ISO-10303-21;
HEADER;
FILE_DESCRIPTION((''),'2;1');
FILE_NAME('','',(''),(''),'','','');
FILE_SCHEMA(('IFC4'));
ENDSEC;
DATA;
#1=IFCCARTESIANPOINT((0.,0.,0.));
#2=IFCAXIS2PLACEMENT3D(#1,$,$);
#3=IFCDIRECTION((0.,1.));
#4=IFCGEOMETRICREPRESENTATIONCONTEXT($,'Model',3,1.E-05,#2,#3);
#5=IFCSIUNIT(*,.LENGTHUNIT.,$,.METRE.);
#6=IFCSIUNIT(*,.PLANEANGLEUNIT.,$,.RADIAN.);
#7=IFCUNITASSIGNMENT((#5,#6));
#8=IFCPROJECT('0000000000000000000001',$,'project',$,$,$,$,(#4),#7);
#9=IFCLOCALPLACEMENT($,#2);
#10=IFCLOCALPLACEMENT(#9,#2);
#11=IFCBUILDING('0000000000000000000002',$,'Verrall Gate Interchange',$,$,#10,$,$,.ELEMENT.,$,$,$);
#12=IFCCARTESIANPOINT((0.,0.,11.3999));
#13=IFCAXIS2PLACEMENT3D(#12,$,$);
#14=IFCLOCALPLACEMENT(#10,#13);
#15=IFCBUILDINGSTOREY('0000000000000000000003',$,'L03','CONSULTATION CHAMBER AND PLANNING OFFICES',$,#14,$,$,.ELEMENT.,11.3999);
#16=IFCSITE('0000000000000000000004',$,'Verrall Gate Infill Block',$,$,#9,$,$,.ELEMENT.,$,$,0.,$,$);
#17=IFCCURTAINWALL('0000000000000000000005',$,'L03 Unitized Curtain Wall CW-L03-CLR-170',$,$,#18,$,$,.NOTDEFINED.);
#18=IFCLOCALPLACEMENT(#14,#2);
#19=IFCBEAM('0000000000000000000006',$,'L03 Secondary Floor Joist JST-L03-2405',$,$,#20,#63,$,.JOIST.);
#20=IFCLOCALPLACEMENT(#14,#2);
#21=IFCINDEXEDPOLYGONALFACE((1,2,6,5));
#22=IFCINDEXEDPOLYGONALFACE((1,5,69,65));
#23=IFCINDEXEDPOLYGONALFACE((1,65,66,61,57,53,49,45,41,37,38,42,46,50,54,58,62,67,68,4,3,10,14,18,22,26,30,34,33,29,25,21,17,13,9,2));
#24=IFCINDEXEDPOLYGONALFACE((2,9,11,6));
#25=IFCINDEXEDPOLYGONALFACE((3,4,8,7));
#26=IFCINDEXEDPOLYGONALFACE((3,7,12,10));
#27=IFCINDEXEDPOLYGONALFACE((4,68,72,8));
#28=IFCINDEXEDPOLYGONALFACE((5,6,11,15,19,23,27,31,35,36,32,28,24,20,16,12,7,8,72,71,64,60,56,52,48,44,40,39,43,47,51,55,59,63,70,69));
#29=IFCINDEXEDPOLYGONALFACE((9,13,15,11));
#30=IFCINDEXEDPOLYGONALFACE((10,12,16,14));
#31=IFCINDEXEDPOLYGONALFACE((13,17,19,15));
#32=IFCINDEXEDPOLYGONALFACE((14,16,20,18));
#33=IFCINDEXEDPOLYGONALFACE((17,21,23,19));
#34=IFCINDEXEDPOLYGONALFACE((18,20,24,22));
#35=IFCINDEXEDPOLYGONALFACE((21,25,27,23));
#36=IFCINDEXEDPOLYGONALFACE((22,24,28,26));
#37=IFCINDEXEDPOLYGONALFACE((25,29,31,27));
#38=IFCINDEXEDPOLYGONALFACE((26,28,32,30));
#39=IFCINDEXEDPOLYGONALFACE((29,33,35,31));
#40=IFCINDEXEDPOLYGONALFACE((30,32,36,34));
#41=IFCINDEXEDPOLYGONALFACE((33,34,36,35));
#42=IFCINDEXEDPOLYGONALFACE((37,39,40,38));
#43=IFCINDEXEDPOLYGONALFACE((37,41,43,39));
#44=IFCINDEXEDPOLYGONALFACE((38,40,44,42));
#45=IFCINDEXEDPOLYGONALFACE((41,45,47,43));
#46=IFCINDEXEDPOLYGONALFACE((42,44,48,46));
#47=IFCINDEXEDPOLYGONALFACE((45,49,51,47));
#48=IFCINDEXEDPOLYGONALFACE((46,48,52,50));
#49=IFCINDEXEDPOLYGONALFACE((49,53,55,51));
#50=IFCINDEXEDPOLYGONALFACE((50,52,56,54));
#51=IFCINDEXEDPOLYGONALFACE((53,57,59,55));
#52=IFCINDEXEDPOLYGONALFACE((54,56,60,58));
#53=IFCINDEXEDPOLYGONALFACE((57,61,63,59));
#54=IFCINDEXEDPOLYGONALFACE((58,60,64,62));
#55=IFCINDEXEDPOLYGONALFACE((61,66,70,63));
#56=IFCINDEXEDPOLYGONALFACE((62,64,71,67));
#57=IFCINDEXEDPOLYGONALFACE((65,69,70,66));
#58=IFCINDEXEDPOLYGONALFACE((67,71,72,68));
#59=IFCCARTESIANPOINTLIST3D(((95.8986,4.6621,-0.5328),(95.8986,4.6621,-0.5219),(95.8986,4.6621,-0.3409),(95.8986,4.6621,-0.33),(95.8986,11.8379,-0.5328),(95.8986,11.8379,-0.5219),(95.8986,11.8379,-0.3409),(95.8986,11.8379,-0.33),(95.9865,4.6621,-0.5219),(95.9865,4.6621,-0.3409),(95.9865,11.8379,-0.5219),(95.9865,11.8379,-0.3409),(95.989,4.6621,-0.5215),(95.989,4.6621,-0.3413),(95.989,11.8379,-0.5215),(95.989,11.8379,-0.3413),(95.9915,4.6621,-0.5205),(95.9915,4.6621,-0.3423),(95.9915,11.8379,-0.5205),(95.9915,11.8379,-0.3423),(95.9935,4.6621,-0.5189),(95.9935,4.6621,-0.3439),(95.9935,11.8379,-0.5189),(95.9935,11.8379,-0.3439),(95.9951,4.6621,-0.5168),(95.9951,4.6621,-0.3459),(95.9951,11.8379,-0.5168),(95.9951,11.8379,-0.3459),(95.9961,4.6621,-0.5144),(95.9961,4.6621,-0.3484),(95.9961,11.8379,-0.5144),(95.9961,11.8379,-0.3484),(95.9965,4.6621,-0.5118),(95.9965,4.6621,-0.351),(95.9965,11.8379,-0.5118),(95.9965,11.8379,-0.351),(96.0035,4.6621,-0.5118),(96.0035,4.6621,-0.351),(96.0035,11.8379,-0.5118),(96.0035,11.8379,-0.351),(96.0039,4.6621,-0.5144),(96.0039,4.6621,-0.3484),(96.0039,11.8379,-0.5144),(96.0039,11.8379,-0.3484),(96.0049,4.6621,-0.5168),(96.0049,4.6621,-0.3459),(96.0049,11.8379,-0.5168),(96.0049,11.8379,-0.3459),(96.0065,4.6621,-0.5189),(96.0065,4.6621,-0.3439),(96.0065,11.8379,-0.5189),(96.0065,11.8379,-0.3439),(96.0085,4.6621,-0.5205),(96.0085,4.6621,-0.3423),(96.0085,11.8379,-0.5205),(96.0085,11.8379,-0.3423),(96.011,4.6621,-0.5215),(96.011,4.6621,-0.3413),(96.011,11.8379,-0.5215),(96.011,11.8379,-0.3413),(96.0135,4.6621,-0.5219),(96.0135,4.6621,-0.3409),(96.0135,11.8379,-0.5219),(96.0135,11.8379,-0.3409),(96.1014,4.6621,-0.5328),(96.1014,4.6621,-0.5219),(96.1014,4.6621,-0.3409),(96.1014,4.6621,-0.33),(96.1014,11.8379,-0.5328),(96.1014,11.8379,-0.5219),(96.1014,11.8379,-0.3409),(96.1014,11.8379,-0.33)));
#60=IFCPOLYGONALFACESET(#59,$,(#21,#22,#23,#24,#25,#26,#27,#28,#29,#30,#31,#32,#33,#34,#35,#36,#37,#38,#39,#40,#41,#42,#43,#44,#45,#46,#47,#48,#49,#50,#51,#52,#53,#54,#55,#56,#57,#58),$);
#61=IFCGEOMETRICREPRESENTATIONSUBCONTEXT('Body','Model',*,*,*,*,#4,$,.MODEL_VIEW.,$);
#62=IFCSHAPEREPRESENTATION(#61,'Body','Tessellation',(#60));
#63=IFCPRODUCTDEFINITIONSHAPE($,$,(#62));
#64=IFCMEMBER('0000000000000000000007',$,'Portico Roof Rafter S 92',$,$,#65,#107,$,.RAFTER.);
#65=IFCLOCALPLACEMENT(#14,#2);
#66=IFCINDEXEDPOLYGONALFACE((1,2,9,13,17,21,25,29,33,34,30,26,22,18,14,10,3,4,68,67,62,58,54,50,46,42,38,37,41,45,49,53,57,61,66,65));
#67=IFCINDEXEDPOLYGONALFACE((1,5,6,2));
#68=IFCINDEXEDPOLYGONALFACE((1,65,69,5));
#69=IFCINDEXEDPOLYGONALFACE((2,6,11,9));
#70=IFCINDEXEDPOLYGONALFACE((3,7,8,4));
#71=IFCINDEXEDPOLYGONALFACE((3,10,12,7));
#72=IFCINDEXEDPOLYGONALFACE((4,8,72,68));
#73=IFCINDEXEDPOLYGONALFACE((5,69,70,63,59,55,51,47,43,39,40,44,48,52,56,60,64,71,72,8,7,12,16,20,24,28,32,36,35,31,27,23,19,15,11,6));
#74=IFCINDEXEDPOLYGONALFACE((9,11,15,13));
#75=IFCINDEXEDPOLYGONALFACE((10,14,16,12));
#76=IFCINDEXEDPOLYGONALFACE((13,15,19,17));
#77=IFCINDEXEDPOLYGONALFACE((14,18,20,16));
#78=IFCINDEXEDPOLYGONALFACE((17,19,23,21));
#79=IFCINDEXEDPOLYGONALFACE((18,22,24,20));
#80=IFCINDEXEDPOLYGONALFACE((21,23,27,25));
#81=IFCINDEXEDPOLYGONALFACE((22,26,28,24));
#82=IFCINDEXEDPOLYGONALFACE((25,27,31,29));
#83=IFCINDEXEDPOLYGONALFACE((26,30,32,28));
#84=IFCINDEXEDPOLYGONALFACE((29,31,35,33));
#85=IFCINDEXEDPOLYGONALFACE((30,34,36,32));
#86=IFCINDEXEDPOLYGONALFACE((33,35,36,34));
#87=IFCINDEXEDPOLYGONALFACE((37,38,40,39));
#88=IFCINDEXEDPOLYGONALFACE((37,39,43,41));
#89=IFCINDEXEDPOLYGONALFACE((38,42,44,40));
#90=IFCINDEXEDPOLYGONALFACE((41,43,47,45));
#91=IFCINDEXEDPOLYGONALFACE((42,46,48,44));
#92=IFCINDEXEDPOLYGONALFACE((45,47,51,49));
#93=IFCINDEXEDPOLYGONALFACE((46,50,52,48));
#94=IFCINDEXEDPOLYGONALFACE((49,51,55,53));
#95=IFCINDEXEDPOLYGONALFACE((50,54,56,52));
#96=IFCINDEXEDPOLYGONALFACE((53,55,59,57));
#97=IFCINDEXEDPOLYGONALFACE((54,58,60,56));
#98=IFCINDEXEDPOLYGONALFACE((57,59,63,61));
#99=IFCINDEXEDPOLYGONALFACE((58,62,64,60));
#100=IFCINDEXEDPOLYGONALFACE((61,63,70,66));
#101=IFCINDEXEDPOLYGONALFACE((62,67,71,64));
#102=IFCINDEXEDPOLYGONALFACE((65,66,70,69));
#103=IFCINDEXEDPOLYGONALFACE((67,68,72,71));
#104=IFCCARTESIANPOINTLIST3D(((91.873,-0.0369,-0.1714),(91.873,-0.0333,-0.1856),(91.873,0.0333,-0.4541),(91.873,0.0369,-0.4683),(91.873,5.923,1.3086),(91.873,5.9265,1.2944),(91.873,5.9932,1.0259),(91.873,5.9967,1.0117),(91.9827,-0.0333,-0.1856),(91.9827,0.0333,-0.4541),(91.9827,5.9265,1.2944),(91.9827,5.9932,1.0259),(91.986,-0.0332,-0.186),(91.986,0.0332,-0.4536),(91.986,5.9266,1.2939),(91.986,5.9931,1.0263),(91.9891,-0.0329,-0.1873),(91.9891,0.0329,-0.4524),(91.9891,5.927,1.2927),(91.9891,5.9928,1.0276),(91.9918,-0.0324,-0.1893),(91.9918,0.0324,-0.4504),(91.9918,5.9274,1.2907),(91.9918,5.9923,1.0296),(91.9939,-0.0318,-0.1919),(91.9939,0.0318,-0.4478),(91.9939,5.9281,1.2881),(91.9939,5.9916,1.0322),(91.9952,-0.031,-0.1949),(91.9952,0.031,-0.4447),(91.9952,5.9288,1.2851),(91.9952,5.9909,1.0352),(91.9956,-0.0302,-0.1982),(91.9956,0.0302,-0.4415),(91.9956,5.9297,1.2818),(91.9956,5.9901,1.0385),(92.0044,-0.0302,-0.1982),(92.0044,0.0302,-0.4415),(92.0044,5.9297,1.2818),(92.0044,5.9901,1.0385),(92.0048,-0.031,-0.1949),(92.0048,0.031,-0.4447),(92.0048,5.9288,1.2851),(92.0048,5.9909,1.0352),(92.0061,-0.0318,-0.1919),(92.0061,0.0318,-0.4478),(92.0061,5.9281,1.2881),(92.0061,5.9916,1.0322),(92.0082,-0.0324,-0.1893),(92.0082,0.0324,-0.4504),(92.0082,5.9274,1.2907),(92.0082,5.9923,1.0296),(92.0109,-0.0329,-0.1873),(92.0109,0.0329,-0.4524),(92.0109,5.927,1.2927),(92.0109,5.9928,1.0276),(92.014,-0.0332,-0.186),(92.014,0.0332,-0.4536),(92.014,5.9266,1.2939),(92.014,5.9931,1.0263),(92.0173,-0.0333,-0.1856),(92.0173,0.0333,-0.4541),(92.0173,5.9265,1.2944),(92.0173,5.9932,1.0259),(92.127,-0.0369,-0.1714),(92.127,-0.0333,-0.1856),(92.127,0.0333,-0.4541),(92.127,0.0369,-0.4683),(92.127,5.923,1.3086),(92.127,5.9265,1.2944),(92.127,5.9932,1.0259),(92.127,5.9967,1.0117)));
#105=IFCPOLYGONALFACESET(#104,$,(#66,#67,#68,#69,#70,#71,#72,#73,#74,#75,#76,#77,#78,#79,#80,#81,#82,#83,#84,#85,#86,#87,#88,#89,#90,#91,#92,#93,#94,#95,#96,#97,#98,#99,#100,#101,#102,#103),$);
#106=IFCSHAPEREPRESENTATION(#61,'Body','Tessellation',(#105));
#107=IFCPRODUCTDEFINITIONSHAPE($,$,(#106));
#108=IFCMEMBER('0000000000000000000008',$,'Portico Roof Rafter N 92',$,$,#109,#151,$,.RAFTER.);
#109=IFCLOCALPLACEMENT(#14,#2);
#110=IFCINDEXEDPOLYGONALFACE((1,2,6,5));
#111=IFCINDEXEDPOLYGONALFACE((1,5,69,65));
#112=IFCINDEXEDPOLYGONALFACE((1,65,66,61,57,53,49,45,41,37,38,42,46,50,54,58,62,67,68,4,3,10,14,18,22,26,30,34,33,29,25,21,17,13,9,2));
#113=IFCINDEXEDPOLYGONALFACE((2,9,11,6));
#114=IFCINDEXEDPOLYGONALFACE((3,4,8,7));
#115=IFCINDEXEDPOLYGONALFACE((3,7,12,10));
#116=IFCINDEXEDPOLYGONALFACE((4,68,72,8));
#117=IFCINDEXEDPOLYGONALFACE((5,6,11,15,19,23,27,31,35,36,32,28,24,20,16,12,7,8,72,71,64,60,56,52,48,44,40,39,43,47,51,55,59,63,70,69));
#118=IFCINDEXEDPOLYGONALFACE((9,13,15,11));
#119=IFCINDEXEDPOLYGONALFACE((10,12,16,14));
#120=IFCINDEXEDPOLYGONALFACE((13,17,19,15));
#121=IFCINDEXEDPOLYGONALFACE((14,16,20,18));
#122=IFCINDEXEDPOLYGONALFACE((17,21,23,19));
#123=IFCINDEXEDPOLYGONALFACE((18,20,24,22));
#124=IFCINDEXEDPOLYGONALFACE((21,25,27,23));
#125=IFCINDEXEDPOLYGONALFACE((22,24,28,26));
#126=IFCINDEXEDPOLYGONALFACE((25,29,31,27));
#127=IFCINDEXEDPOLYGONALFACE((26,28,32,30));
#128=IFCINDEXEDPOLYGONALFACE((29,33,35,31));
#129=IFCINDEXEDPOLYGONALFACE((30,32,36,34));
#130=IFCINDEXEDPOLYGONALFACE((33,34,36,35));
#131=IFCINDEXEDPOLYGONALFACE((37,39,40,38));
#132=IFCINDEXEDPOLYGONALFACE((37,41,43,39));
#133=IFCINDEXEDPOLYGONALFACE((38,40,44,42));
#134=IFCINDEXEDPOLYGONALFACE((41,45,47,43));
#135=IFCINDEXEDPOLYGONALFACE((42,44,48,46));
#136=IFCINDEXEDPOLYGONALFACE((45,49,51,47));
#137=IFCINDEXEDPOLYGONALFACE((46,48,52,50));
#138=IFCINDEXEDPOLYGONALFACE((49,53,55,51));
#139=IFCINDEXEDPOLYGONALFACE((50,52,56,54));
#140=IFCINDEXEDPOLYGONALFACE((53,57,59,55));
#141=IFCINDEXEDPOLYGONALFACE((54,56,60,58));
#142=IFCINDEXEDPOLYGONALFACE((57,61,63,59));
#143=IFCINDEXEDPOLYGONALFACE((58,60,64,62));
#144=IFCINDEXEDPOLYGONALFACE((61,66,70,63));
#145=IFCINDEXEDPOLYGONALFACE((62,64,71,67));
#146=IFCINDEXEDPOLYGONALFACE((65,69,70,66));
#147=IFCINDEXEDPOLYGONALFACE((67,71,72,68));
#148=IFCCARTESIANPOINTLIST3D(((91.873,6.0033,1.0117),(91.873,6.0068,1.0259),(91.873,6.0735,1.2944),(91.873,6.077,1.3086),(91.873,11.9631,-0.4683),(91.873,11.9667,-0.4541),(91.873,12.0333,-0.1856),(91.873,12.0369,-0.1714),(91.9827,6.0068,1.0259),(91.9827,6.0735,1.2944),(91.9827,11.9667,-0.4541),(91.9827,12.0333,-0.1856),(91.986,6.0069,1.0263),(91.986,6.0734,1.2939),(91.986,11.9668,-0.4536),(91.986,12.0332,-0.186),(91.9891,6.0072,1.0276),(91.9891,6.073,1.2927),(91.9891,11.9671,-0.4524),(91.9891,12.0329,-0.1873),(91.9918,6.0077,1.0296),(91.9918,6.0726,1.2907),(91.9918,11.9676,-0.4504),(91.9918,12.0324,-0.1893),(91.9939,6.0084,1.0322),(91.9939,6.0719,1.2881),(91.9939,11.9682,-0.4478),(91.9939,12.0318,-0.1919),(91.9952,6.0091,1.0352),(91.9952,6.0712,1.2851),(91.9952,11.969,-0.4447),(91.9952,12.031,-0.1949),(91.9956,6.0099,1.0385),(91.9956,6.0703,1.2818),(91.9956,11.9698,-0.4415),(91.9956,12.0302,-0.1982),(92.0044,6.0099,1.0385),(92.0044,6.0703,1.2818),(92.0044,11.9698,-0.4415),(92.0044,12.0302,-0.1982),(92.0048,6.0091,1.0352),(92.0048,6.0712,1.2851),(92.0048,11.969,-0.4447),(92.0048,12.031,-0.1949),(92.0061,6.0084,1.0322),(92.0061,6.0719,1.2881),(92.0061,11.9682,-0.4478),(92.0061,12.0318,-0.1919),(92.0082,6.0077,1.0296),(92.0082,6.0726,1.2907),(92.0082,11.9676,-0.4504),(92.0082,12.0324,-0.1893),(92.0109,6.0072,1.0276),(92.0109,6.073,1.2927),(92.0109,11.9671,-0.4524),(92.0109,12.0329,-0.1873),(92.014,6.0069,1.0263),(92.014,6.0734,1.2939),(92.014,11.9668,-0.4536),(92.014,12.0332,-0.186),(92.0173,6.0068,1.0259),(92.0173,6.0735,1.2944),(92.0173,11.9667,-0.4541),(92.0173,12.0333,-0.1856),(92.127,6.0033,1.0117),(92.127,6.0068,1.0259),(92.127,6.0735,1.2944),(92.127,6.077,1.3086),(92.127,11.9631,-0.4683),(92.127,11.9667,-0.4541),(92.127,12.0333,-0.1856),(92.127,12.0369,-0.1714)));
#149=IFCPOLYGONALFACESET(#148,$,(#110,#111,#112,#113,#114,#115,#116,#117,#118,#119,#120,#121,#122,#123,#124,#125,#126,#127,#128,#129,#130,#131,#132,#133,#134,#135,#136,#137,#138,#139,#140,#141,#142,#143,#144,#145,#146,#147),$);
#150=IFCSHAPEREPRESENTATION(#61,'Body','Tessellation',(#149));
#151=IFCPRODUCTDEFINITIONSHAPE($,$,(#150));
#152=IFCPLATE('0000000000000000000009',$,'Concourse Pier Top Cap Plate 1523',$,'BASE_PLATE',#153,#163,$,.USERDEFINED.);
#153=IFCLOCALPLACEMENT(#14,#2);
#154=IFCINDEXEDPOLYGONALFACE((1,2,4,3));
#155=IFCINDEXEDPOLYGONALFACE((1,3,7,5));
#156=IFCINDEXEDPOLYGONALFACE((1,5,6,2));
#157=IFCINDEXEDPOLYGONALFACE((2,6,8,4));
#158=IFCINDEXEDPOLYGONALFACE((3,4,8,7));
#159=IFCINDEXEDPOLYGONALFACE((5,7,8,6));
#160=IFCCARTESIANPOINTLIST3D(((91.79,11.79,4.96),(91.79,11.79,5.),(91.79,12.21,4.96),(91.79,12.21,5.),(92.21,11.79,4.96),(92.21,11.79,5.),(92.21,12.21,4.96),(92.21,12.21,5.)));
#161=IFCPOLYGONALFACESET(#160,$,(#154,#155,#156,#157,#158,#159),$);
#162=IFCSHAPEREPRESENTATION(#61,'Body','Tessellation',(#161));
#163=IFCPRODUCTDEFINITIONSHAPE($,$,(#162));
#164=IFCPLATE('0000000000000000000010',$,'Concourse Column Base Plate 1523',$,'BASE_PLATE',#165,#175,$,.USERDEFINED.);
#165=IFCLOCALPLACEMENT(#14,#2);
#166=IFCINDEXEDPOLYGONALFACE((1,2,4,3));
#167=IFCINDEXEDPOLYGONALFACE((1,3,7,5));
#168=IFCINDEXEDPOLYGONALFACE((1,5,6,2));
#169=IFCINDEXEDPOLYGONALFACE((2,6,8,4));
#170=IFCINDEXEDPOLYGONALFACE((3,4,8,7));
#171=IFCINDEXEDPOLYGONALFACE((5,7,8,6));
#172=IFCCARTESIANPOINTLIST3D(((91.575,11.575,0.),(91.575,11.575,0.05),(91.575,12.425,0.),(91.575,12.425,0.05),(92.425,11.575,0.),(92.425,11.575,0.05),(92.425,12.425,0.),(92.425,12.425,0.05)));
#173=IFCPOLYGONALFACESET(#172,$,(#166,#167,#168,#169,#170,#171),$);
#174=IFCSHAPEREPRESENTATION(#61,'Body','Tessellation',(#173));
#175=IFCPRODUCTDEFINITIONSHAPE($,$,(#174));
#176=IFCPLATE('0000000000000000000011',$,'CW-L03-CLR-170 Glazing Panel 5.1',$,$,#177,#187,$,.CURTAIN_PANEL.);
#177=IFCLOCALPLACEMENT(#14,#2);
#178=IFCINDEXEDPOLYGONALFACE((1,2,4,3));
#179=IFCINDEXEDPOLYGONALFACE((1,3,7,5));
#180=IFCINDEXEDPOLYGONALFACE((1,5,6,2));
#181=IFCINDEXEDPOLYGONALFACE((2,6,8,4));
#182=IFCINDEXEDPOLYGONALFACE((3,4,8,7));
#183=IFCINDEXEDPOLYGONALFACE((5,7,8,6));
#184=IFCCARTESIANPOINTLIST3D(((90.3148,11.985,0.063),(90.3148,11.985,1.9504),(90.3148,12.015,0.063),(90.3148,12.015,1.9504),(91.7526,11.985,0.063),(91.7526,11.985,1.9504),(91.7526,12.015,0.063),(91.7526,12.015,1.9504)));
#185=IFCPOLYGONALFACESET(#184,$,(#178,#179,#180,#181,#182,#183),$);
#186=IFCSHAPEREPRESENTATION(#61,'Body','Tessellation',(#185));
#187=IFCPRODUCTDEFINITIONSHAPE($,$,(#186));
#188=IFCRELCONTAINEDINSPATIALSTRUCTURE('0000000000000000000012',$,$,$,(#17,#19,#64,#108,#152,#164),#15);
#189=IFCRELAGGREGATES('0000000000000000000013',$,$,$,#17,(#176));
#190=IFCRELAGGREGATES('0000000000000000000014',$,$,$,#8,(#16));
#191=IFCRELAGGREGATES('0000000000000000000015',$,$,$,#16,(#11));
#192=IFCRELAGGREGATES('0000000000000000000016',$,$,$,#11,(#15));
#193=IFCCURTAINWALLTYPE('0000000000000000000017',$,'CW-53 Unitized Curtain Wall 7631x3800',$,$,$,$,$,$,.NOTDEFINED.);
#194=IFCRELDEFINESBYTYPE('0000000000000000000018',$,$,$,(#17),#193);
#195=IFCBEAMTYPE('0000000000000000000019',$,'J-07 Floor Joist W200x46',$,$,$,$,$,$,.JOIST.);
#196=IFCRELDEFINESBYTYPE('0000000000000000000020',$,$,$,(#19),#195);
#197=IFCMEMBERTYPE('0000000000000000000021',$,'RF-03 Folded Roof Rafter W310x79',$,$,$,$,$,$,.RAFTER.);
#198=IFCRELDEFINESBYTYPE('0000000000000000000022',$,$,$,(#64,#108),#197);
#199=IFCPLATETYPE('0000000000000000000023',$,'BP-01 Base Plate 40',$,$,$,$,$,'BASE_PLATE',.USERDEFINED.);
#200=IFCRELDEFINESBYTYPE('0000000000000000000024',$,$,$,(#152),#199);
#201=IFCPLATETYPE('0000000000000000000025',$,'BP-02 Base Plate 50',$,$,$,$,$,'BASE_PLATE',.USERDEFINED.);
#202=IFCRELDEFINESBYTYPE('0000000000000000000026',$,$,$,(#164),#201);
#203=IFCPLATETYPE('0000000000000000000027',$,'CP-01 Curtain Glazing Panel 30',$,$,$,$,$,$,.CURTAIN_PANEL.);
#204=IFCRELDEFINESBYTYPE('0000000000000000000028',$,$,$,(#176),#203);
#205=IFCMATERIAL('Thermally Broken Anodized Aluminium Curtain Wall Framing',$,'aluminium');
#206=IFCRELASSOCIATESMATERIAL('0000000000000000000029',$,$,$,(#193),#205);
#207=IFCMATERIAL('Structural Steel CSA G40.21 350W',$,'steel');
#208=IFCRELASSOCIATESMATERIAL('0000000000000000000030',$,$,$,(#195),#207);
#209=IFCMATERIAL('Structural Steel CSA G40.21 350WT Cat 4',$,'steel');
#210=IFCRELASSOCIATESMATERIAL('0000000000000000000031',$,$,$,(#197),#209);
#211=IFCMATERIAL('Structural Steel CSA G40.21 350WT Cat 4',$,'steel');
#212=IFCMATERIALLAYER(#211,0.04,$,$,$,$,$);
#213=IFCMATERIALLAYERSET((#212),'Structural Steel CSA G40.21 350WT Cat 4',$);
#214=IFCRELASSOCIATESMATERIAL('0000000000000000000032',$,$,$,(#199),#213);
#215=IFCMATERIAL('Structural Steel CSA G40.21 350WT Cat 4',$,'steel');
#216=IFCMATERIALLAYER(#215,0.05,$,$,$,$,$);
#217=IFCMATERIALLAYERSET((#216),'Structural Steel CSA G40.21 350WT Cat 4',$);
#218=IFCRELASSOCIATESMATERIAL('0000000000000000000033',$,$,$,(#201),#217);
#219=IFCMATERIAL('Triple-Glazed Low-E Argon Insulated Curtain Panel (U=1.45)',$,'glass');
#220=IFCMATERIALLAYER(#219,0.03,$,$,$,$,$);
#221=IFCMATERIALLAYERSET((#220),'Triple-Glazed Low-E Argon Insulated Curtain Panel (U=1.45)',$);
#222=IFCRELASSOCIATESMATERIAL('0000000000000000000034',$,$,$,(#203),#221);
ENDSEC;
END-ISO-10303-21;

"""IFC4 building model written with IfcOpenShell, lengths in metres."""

from ifc_helpers import new_model, si_unit, direction, frame, origin, origin_2d, place, context, subcontext, project, spatial, rectangle, i_section, extrude, material, layer, layer_set, material_profile, profile_set, type_object, element, aggregate, save


model = new_model("IFC4")

# Units and contexts
model_context = context("Model", 3, precision=1e-05, world=origin(), true_north=direction((0.0, 1.0)))
body_context = subcontext(model_context, "Body", "Model", "MODEL_VIEW")
ifc_project = project(units=[si_unit("LENGTHUNIT", "METRE"), si_unit("PLANEANGLEUNIT", "RADIAN")], contexts=[model_context])

# Site, building, storey
site_placement = place(None, origin())
site = spatial("IfcSite", under=ifc_project, at=site_placement, Name="Verrall Gate Infill Block", CompositionType="ELEMENT", RefElevation=0.0)
building_placement = place(site_placement, origin())
building = spatial("IfcBuilding", under=site, at=building_placement, Name="Verrall Gate Interchange", CompositionType="ELEMENT")
storey_placement = place(building_placement, frame((0.0, 0.0, 11.3999)))
storey = spatial("IfcBuildingStorey", under=building, at=storey_placement, Name="L03", Description="CONSULTATION CHAMBER AND PLANNING OFFICES", CompositionType="ELEMENT", Elevation=11.3999)

# Curtain wall
ifc_material_1 = material(Name="Thermally Broken Anodized Aluminium Curtain Wall Framing", Category="aluminium")
curtain_wall_type = type_object("IfcCurtainWallType", Name="CW-53 Unitized Curtain Wall 7631x3800", PredefinedType="NOTDEFINED", material=ifc_material_1)
curtain_wall_1_placement = place(storey_placement, origin())
curtain_wall_1 = element("IfcCurtainWall", 1, at=curtain_wall_1_placement, inside=storey, type_object=curtain_wall_type, Name="L03 Unitized Curtain Wall CW-L03-CLR-170", PredefinedType="NOTDEFINED")

# Beam
ifc_material_2 = material(Name="Structural Steel CSA G40.21 350W", Category="steel")
ifc_material_profile_1 = material_profile(ifc_material_2, i_section(OverallWidth=0.2029, OverallDepth=0.2029, WebThickness=0.0071, FlangeThickness=0.011, FilletRadius=0.01, at=origin_2d()), Name="W200x46")
ifc_profile_set_1 = profile_set([ifc_material_profile_1], Name="Structural Steel CSA G40.21 350W")
beam_type_1 = type_object("IfcBeamType", Name="J-07 Floor Joist W200x46", PredefinedType="JOIST", material=ifc_profile_set_1)
beam_1_placement = place(storey_placement, frame((96.0, 4.6621, -0.4314), z_axis=(0.0, 1.0, 0.0), x_axis=(-1.0, 0.0, 0.0)))
element("IfcBeam", 2, at=beam_1_placement, inside=storey, type_object=beam_type_1, Name="L03 Secondary Floor Joist JST-L03-2405", PredefinedType="JOIST", context=body_context, shape_type="SweptSolid", body=[
    extrude(i_section(OverallWidth=0.2029, OverallDepth=0.2029, WebThickness=0.0071, FlangeThickness=0.011, FilletRadius=0.01, at=origin_2d()), origin(), (0.0, 0.0, 1.0), 7.1758),
])

# Members
ifc_material_3 = material(Name="Structural Steel CSA G40.21 350WT Cat 4", Category="steel")
ifc_material_profile_2 = material_profile(ifc_material_3, i_section(OverallWidth=0.2539, OverallDepth=0.3059, WebThickness=0.0088, FlangeThickness=0.0146, FilletRadius=0.0129, at=origin_2d()), Name="W310x79")
ifc_profile_set_2 = profile_set([ifc_material_profile_2], Name="Structural Steel CSA G40.21 350WT Cat 4")
member_type_1 = type_object("IfcMemberType", Name="RF-03 Folded Roof Rafter W310x79", PredefinedType="RAFTER", material=ifc_profile_set_2)
for number, where, z_axis, x_axis, name in (
    (3, (92.0, 0.0, -0.3198), (0.0, 0.970525, 0.241001), (-1.0, 0.0, 0.0), "Portico Roof Rafter S 92"),
    (4, (92.0, 12.0, -0.3198), (0.0, -0.970525, 0.241001), (1.0, 0.0, 0.0), "Portico Roof Rafter N 92"),
):
    element("IfcMember", number, at=place(storey_placement, frame(where, z_axis=z_axis, x_axis=x_axis)), inside=storey, type_object=member_type_1, Name=name, PredefinedType="RAFTER", context=body_context, shape_type="SweptSolid", body=[
        extrude(i_section(OverallWidth=0.2539, OverallDepth=0.3059, WebThickness=0.0088, FlangeThickness=0.0146, FilletRadius=0.0129, at=origin_2d()), origin(), (0.0, 0.0, 1.0), 6.1409),
    ])

# Plates
ifc_material_4 = material(Name="Structural Steel CSA G40.21 350WT Cat 4", Category="steel")
ifc_layer_1 = layer(ifc_material_4, 0.04)
ifc_layer_set_1 = layer_set([ifc_layer_1], Name="Structural Steel CSA G40.21 350WT Cat 4")
plate_type_1 = type_object("IfcPlateType", Name="BP-01 Base Plate 40", ElementType="BASE_PLATE", PredefinedType="USERDEFINED", material=ifc_layer_set_1)
plate_1_placement = place(storey_placement, frame((92.0, 12.0, 4.96), z_axis=(0.0, 0.0, 1.0), x_axis=(1.0, 0.0, 0.0)))
element("IfcPlate", 5, at=plate_1_placement, inside=storey, type_object=plate_type_1, Name="Concourse Pier Top Cap Plate 1523", ObjectType="BASE_PLATE", PredefinedType="USERDEFINED", context=body_context, shape_type="SweptSolid", body=[
    extrude(rectangle(XDim=0.4199, YDim=0.4199, at=origin_2d()), origin(), (0.0, 0.0, 1.0), 0.04),
])
ifc_material_5 = material(Name="Structural Steel CSA G40.21 350WT Cat 4", Category="steel")
ifc_layer_2 = layer(ifc_material_5, 0.05)
ifc_layer_set_2 = layer_set([ifc_layer_2], Name="Structural Steel CSA G40.21 350WT Cat 4")
plate_type_2 = type_object("IfcPlateType", Name="BP-02 Base Plate 50", ElementType="BASE_PLATE", PredefinedType="USERDEFINED", material=ifc_layer_set_2)
plate_2_placement = place(storey_placement, frame((92.0, 12.0, 0.0), z_axis=(0.0, 0.0, 1.0), x_axis=(1.0, 0.0, 0.0)))
element("IfcPlate", 6, at=plate_2_placement, inside=storey, type_object=plate_type_2, Name="Concourse Column Base Plate 1523", ObjectType="BASE_PLATE", PredefinedType="USERDEFINED", context=body_context, shape_type="SweptSolid", body=[
    extrude(rectangle(XDim=0.8501, YDim=0.8501, at=origin_2d()), origin(), (0.0, 0.0, 1.0), 0.05),
])

# Plate
ifc_material_6 = material(Name="Triple-Glazed Low-E Argon Insulated Curtain Panel (U=1.45)", Category="glass")
ifc_layer_3 = layer(ifc_material_6, 0.03)
ifc_layer_set_3 = layer_set([ifc_layer_3], Name="Triple-Glazed Low-E Argon Insulated Curtain Panel (U=1.45)")
plate_type_3 = type_object("IfcPlateType", Name="CP-01 Curtain Glazing Panel 30", PredefinedType="CURTAIN_PANEL", material=ifc_layer_set_3)
plate_3_placement = place(storey_placement, frame((91.0337, 12.0, 0.063), z_axis=(0.0, 0.0, 1.0), x_axis=(1.0, 0.0, 0.0)))
plate_3 = element("IfcPlate", 7, at=plate_3_placement, type_object=plate_type_3, Name="CW-L03-CLR-170 Glazing Panel 5.1", PredefinedType="CURTAIN_PANEL", context=body_context, shape_type="SweptSolid", body=[
    extrude(rectangle(XDim=1.4377, YDim=0.03, at=origin_2d()), origin(), (0.0, 0.0, 1.0), 1.8875),
])
aggregate(curtain_wall_1, [plate_3])

save(model, "model.ifc")
